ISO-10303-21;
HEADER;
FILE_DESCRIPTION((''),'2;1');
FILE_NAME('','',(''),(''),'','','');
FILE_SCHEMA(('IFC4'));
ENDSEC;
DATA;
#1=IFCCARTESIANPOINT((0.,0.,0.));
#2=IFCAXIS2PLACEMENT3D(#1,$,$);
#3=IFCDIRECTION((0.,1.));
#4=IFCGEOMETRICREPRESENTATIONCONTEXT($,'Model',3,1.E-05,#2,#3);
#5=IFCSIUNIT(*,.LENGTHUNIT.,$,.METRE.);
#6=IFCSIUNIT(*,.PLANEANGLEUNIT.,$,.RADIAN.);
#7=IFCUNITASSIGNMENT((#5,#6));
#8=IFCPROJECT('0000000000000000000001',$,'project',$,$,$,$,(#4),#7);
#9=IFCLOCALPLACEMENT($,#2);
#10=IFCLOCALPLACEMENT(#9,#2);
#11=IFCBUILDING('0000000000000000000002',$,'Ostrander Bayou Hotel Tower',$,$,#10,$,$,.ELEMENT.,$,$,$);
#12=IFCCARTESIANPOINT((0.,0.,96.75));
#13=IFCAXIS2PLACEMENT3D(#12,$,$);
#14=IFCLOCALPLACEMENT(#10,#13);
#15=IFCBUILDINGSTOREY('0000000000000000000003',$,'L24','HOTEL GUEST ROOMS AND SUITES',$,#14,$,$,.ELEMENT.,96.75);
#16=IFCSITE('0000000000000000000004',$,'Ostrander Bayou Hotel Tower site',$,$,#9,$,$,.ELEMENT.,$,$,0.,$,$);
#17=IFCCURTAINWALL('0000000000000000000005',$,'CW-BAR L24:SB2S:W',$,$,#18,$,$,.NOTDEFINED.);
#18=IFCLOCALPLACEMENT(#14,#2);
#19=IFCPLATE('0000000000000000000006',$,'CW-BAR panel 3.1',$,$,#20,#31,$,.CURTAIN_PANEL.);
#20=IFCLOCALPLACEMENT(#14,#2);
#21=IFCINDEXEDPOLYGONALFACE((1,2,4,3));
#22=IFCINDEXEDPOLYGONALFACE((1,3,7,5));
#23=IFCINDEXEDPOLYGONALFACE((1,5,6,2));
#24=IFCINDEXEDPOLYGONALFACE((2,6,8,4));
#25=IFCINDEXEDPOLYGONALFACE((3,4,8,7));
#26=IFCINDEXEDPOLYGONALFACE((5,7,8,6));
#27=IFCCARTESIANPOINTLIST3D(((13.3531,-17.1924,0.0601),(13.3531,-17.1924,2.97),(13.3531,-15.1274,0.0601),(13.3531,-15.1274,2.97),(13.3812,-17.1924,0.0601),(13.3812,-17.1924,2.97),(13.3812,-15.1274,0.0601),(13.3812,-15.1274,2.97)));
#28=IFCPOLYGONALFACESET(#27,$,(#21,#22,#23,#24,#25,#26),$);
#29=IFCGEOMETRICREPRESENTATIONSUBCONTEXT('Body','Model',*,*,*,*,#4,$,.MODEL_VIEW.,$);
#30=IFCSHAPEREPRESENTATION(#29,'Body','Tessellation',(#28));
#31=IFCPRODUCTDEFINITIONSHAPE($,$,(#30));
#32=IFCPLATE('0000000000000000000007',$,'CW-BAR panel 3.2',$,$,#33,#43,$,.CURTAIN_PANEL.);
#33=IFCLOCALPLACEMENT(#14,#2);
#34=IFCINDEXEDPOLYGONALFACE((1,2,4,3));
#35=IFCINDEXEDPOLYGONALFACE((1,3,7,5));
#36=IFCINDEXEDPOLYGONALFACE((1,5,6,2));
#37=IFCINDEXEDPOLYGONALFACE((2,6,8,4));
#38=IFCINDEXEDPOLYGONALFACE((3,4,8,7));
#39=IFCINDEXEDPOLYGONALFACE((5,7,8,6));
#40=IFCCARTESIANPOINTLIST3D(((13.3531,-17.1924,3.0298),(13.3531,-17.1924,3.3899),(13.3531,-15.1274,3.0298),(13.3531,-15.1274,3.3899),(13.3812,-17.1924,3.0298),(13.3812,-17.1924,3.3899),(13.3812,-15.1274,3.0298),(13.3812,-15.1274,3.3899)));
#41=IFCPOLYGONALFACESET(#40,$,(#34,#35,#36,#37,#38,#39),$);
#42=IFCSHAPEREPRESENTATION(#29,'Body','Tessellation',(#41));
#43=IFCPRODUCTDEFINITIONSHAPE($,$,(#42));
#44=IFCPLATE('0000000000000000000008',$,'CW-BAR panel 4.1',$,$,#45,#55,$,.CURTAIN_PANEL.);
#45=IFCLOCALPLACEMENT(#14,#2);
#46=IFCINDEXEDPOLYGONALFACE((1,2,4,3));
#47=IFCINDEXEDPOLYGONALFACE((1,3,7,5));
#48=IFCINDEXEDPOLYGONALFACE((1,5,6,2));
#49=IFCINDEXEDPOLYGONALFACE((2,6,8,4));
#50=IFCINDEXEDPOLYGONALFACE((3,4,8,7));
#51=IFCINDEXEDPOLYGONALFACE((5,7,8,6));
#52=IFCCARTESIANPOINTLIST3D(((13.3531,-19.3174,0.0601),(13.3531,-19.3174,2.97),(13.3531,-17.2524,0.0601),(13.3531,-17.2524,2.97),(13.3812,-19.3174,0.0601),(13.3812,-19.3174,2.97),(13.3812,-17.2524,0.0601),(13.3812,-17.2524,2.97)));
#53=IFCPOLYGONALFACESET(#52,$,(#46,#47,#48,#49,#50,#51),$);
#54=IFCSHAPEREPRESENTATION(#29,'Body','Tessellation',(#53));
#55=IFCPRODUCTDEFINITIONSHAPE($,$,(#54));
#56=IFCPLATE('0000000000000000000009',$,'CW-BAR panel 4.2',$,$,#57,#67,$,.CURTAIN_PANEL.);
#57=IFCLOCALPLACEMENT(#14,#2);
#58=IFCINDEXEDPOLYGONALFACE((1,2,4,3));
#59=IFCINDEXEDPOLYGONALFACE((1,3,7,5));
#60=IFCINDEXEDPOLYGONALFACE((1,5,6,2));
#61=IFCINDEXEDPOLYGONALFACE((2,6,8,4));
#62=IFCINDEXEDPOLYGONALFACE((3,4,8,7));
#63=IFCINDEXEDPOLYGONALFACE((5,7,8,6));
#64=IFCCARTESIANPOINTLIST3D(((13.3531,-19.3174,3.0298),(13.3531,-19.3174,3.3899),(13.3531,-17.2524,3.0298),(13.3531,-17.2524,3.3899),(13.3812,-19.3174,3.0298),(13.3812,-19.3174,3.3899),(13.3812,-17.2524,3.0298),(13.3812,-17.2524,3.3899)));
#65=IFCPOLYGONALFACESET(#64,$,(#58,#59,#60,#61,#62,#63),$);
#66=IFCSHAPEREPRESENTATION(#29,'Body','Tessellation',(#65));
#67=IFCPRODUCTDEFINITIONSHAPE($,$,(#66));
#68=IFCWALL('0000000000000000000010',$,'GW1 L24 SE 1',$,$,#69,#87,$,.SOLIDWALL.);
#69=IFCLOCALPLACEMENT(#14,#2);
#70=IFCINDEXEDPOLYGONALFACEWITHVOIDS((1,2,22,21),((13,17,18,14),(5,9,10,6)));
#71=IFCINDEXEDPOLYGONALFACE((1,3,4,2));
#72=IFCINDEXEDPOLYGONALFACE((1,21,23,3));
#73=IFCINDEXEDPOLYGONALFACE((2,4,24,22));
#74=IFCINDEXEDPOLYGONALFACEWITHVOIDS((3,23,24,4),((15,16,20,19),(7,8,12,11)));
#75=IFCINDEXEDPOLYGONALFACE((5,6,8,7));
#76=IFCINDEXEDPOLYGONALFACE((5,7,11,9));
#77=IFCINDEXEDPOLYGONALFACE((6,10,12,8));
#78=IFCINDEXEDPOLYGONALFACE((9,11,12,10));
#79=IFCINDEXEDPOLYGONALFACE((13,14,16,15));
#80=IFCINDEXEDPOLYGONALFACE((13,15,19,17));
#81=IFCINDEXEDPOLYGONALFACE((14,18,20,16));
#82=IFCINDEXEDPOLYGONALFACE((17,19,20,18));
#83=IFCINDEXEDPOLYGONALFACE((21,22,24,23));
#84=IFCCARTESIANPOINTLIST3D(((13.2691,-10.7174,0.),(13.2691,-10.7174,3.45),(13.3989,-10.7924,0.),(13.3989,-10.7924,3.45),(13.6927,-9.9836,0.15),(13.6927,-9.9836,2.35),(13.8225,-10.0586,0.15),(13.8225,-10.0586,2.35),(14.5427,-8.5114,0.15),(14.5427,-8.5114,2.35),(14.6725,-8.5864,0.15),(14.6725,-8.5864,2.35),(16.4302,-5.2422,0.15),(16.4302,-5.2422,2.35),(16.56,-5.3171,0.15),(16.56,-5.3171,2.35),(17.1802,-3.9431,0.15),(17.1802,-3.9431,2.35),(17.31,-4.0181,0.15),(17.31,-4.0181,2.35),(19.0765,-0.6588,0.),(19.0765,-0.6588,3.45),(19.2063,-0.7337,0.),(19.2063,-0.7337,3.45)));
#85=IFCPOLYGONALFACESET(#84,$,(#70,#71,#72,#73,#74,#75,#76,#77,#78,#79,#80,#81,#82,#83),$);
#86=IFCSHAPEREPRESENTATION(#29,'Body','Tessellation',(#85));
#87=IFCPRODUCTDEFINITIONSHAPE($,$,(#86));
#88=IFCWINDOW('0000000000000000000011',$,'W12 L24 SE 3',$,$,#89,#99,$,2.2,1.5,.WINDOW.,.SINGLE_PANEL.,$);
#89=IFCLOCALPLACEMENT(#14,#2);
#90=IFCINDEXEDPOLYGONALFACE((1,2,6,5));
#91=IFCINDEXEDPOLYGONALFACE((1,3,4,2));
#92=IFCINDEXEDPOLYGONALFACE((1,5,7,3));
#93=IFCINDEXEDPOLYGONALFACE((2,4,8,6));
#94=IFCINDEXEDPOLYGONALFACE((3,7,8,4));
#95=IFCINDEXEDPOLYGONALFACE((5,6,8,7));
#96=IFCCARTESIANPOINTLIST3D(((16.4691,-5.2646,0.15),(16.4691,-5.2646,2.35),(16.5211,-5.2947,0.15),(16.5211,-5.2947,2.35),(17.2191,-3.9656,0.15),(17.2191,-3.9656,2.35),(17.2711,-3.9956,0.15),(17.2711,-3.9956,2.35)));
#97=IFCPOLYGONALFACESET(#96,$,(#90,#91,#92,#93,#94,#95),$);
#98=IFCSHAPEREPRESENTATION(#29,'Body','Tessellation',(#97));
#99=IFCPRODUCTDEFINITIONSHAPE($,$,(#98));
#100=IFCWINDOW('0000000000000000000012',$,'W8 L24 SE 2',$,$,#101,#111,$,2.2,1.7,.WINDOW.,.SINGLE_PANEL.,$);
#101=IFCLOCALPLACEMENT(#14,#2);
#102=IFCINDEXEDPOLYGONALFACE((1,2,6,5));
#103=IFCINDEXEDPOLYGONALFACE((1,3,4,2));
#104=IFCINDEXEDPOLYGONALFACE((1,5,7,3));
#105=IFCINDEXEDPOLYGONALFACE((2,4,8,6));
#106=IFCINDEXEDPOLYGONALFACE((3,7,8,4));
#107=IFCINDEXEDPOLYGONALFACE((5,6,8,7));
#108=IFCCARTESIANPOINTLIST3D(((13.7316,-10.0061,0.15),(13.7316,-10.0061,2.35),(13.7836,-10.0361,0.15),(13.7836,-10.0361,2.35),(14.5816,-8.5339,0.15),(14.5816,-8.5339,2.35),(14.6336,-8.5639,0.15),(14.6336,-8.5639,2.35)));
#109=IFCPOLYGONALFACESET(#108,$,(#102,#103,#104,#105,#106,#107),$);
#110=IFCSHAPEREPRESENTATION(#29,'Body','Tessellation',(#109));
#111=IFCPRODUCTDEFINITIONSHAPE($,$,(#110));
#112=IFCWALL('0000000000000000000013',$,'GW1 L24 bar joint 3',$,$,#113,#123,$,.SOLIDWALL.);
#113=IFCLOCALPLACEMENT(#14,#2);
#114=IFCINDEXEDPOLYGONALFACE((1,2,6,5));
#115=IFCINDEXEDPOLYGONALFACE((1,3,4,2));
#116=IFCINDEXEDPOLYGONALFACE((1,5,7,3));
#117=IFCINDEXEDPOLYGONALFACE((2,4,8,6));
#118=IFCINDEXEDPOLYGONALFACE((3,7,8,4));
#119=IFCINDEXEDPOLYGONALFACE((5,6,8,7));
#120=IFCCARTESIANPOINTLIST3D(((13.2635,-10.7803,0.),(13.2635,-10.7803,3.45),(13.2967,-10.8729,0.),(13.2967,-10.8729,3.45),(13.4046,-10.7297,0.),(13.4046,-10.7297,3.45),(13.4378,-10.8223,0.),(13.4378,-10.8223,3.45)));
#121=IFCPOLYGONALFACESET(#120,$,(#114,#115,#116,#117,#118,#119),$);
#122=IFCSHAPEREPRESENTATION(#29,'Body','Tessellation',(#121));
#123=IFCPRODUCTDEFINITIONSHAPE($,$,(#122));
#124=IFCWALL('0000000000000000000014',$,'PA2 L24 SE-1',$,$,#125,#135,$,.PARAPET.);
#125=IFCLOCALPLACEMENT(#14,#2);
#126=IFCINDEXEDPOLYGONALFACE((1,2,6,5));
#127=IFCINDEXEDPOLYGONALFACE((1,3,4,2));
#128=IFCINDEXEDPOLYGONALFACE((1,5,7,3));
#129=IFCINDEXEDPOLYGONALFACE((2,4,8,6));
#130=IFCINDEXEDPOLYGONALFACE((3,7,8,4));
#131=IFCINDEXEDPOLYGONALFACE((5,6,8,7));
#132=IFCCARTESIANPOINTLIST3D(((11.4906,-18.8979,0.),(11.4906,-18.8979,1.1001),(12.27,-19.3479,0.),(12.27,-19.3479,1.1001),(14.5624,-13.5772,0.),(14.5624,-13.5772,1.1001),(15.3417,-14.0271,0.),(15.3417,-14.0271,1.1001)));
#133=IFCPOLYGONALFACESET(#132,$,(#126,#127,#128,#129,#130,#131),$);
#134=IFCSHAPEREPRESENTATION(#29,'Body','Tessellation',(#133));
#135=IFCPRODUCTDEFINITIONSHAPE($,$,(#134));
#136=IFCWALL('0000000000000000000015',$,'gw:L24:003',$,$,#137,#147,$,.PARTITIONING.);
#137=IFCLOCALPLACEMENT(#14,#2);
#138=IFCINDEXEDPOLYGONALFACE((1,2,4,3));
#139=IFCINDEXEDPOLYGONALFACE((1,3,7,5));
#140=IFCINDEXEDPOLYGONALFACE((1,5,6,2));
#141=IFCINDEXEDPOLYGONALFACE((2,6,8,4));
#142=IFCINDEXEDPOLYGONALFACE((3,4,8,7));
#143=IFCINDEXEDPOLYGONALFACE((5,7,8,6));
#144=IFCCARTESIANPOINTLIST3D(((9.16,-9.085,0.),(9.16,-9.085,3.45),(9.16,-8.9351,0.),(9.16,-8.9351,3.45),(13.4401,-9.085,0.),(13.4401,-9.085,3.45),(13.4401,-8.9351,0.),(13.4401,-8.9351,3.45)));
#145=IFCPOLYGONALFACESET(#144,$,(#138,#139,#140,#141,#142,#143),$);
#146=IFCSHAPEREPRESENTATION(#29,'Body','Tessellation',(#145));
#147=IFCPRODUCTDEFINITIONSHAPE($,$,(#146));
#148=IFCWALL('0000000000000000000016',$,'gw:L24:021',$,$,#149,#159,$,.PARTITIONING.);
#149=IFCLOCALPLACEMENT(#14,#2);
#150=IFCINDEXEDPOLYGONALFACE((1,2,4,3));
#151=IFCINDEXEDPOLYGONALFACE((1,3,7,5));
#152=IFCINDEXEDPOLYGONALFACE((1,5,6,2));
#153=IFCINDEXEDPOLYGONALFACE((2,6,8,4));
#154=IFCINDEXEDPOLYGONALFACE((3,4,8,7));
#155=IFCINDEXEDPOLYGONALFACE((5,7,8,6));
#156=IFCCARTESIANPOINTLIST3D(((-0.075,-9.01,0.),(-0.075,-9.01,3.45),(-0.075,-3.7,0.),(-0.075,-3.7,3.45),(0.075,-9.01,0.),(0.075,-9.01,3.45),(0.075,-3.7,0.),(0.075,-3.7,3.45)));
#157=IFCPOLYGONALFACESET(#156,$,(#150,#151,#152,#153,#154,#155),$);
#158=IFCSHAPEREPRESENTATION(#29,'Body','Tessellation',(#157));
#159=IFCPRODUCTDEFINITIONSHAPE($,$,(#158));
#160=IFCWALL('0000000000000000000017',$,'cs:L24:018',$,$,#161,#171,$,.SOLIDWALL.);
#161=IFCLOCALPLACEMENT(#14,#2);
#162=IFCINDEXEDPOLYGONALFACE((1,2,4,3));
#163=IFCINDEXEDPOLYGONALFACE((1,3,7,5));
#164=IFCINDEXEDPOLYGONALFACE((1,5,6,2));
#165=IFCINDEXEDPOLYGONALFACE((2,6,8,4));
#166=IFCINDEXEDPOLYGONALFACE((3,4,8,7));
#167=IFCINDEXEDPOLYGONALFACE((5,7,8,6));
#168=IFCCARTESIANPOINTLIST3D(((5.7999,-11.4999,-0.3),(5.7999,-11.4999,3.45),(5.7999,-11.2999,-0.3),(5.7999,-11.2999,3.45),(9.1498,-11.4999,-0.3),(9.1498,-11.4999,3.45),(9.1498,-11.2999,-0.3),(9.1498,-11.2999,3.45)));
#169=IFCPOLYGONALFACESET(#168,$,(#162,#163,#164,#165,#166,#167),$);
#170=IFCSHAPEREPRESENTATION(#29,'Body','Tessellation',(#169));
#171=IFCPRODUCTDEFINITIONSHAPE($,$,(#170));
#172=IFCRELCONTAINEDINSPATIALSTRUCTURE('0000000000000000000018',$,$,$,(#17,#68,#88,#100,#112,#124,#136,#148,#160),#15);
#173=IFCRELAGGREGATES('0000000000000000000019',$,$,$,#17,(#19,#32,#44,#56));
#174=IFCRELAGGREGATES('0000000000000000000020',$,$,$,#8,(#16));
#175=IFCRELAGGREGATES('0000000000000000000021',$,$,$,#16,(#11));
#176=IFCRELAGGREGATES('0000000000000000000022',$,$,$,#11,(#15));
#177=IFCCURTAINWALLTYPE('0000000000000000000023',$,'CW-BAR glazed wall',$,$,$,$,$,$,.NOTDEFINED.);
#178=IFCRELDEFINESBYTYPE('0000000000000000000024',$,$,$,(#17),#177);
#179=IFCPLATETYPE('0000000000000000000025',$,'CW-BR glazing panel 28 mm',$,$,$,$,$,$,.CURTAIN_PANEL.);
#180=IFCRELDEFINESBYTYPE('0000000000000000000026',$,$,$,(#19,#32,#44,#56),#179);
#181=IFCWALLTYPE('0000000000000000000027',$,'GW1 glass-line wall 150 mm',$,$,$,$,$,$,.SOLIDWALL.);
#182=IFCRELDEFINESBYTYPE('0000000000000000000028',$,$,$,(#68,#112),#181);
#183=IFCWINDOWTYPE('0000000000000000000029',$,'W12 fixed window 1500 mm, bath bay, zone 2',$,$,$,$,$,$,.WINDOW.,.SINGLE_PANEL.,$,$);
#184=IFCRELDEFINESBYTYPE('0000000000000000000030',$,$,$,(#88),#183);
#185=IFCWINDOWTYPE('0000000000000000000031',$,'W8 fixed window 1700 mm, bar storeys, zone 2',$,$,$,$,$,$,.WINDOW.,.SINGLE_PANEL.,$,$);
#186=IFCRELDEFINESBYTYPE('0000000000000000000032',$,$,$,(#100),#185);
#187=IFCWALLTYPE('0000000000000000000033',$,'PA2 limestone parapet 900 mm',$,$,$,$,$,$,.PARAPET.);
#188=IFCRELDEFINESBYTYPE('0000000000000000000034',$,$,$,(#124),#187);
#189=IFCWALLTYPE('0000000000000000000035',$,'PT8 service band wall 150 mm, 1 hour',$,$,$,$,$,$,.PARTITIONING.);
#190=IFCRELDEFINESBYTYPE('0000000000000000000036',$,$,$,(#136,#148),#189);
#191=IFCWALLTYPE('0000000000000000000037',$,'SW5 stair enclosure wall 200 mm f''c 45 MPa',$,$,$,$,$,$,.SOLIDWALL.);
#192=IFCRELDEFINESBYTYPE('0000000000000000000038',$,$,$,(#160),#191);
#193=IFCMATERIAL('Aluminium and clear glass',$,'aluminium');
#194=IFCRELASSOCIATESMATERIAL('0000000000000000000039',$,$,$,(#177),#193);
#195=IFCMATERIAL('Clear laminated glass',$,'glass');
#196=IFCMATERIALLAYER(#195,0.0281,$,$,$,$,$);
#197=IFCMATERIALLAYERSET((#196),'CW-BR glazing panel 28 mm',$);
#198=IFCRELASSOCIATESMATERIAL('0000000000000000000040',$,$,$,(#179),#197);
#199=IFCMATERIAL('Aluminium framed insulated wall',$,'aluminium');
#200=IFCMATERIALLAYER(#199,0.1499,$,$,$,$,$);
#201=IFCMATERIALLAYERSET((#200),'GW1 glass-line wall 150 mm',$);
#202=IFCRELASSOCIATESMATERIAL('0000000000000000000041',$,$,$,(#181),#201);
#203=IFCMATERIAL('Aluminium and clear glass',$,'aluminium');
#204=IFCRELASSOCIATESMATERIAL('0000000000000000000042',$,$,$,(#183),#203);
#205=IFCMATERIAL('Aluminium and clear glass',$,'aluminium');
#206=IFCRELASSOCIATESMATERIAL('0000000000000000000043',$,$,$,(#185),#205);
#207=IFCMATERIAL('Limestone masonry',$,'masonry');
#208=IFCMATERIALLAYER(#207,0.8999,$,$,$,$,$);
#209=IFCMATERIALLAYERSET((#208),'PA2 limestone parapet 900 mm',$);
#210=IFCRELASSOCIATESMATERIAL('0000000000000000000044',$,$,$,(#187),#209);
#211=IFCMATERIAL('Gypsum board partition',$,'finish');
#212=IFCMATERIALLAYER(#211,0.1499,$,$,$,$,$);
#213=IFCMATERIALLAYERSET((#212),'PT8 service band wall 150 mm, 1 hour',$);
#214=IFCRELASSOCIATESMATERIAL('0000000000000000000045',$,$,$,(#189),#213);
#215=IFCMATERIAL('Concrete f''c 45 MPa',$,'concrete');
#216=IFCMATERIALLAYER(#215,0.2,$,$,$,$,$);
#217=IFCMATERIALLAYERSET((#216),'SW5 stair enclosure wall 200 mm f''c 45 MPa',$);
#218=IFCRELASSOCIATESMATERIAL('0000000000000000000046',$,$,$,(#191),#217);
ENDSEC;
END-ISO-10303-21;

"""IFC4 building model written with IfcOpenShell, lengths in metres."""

from ifc_helpers import new_model, si_unit, direction, frame, frame_2d, origin, origin_2d, place, context, subcontext, project, spatial, rectangle, extrude, material, layer, layer_set, type_object, element, fill, aggregate, save


model = new_model("IFC4")

# Units and contexts
model_context = context("Model", 3, precision=1e-05, world=origin(), true_north=direction((0.0, 1.0)))
body_context = subcontext(model_context, "Body", "Model", "MODEL_VIEW")
ifc_project = project(units=[si_unit("LENGTHUNIT", "METRE"), si_unit("PLANEANGLEUNIT", "RADIAN")], contexts=[model_context])

# Site, building, storey
site_placement = place(None, origin())
site = spatial("IfcSite", under=ifc_project, at=site_placement, Name="Ostrander Bayou Hotel Tower site", CompositionType="ELEMENT", RefElevation=0.0)
building_placement = place(site_placement, origin())
building = spatial("IfcBuilding", under=site, at=building_placement, Name="Ostrander Bayou Hotel Tower", CompositionType="ELEMENT")
storey_placement = place(building_placement, frame((0.0, 0.0, 96.75)))
storey = spatial("IfcBuildingStorey", under=building, at=storey_placement, Name="L24", Description="HOTEL GUEST ROOMS AND SUITES", CompositionType="ELEMENT", Elevation=96.75)

# Curtain wall
ifc_material_1 = material(Name="Aluminium and clear glass", Category="aluminium")
curtain_wall_type = type_object("IfcCurtainWallType", Name="CW-BAR glazed wall", PredefinedType="NOTDEFINED", material=ifc_material_1)
curtain_wall_placement = place(storey_placement, origin())
curtain_wall = element("IfcCurtainWall", 1, at=curtain_wall_placement, inside=storey, type_object=curtain_wall_type, Name="CW-BAR L24:SB2S:W", PredefinedType="NOTDEFINED")

# Plates
ifc_material_2 = material(Name="Clear laminated glass", Category="glass")
ifc_layer_1 = layer(ifc_material_2, 0.0281)
ifc_layer_set_1 = layer_set([ifc_layer_1], Name="CW-BR glazing panel 28 mm")
plate_type = type_object("IfcPlateType", Name="CW-BR glazing panel 28 mm", PredefinedType="CURTAIN_PANEL", material=ifc_layer_set_1)
plate_1_placement = place(storey_placement, frame((13.3672, -16.1599, 0.0601), z_axis=(0.0, 0.0, 1.0), x_axis=(0.0, -1.0, 0.0)))
plate_1 = element("IfcPlate", 2, at=plate_1_placement, type_object=plate_type, Name="CW-BAR panel 3.1", PredefinedType="CURTAIN_PANEL", context=body_context, shape_type="SweptSolid", body=[
    extrude(rectangle(XDim=2.0649, YDim=0.0281, at=origin_2d()), origin(), (0.0, 0.0, 1.0), 2.9099),
])
plate_2_placement = place(storey_placement, frame((13.3672, -16.1599, 3.0298), z_axis=(0.0, 0.0, 1.0), x_axis=(0.0, -1.0, 0.0)))
plate_2 = element("IfcPlate", 3, at=plate_2_placement, type_object=plate_type, Name="CW-BAR panel 3.2", PredefinedType="CURTAIN_PANEL", context=body_context, shape_type="SweptSolid", body=[
    extrude(rectangle(XDim=2.0649, YDim=0.0281, at=origin_2d()), origin(), (0.0, 0.0, 1.0), 0.3601),
])
plate_3_placement = place(storey_placement, frame((13.3672, -18.2849, 0.0601), z_axis=(0.0, 0.0, 1.0), x_axis=(0.0, -1.0, 0.0)))
plate_3 = element("IfcPlate", 4, at=plate_3_placement, type_object=plate_type, Name="CW-BAR panel 4.1", PredefinedType="CURTAIN_PANEL", context=body_context, shape_type="SweptSolid", body=[
    extrude(rectangle(XDim=2.0649, YDim=0.0281, at=origin_2d()), origin(), (0.0, 0.0, 1.0), 2.9099),
])
plate_4_placement = place(storey_placement, frame((13.3672, -18.2849, 3.0298), z_axis=(0.0, 0.0, 1.0), x_axis=(0.0, -1.0, 0.0)))
plate_4 = element("IfcPlate", 5, at=plate_4_placement, type_object=plate_type, Name="CW-BAR panel 4.2", PredefinedType="CURTAIN_PANEL", context=body_context, shape_type="SweptSolid", body=[
    extrude(rectangle(XDim=2.0649, YDim=0.0281, at=origin_2d()), origin(), (0.0, 0.0, 1.0), 0.3601),
])
aggregate(curtain_wall, [plate_1, plate_2, plate_3, plate_4])

# Wall, openings, windows
ifc_material_3 = material(Name="Aluminium framed insulated wall", Category="aluminium")
ifc_layer_2 = layer(ifc_material_3, 0.1499)
ifc_layer_set_2 = layer_set([ifc_layer_2], Name="GW1 glass-line wall 150 mm")
wall_type_1 = type_object("IfcWallType", Name="GW1 glass-line wall 150 mm", PredefinedType="SOLIDWALL", material=ifc_layer_set_2)
wall_1_placement = place(storey_placement, frame((13.334, -10.7549, 0.0), z_axis=(0.0, 0.0, 1.0), x_axis=(0.500003, 0.866024, 0.0)))
wall_1 = element("IfcWall", 6, at=wall_1_placement, inside=storey, type_object=wall_type_1, Name="GW1 L24 SE 1", PredefinedType="SOLIDWALL", context=body_context, shape_type="SweptSolid", body=[
    extrude(rectangle(XDim=11.6147, YDim=0.1499, at=frame_2d((5.8074, 0.0))), origin(), (0.0, 0.0, 1.0), 3.45),
])
opening_1_placement = place(wall_1_placement, frame((0.8472, 0.0, 0.1499)))
opening_1 = element("IfcOpeningElement", 7, at=opening_1_placement, cuts=wall_1, PredefinedType="OPENING", context=body_context, shape_type="SweptSolid", body=[
    extrude(rectangle(XDim=1.7, YDim=2.2, at=frame_2d((0.8501, 1.1001))), frame((0.0, 0.075, 0.0), z_axis=(0.0, -1.0, 0.0), x_axis=(1.0, 0.0, 0.0)), (0.0, 0.0, 1.0), 0.1499),
])
opening_2_placement = place(wall_1_placement, frame((6.3223, 0.0, 0.1499)))
opening_2 = element("IfcOpeningElement", 8, at=opening_2_placement, cuts=wall_1, PredefinedType="OPENING", context=body_context, shape_type="SweptSolid", body=[
    extrude(rectangle(XDim=1.5, YDim=2.2, at=frame_2d((0.75, 1.1001))), frame((0.0, 0.075, 0.0), z_axis=(0.0, -1.0, 0.0), x_axis=(1.0, 0.0, 0.0)), (0.0, 0.0, 1.0), 0.1499),
])
ifc_material_4 = material(Name="Aluminium and clear glass", Category="aluminium")
window_type_1 = type_object("IfcWindowType", Name="W12 fixed window 1500 mm, bath bay, zone 2", PartitioningType="SINGLE_PANEL", PredefinedType="WINDOW", material=ifc_material_4)
window_1_placement = place(opening_2_placement, origin())
window_1 = element("IfcWindow", 9, at=window_1_placement, inside=storey, type_object=window_type_1, Name="W12 L24 SE 3", OverallHeight=2.2, OverallWidth=1.5, PartitioningType="SINGLE_PANEL", PredefinedType="WINDOW", context=body_context, shape_type="SweptSolid", body=[
    extrude(rectangle(XDim=1.5, YDim=2.2, at=frame_2d((0.75, 1.1001))), frame((0.0, 0.03, 0.0), z_axis=(0.0, -1.0, 0.0), x_axis=(1.0, 0.0, 0.0)), (0.0, 0.0, 1.0), 0.0601),
])
fill(opening_2, window_1)
ifc_material_5 = material(Name="Aluminium and clear glass", Category="aluminium")
window_type_2 = type_object("IfcWindowType", Name="W8 fixed window 1700 mm, bar storeys, zone 2", PartitioningType="SINGLE_PANEL", PredefinedType="WINDOW", material=ifc_material_5)
window_2_placement = place(opening_1_placement, origin())
window_2 = element("IfcWindow", 10, at=window_2_placement, inside=storey, type_object=window_type_2, Name="W8 L24 SE 2", OverallHeight=2.2, OverallWidth=1.7, PartitioningType="SINGLE_PANEL", PredefinedType="WINDOW", context=body_context, shape_type="SweptSolid", body=[
    extrude(rectangle(XDim=1.7, YDim=2.2, at=frame_2d((0.8501, 1.1001))), frame((0.0, 0.03, 0.0), z_axis=(0.0, -1.0, 0.0), x_axis=(1.0, 0.0, 0.0)), (0.0, 0.0, 1.0), 0.0601),
])
fill(opening_1, window_2)

# Walls
wall_2_placement = place(storey_placement, frame((13.334, -10.7549, 0.0), z_axis=(0.0, 0.0, 1.0), x_axis=(0.337752, -0.941235, 0.0)))
element("IfcWall", 11, at=wall_2_placement, inside=storey, type_object=wall_type_1, Name="GW1 L24 bar joint 3", PredefinedType="SOLIDWALL", context=body_context, shape_type="SweptSolid", body=[
    extrude(rectangle(XDim=0.0984, YDim=0.1499, at=frame_2d((0.0493, 0.0))), origin(), (0.0, 0.0, 1.0), 3.45),
])
ifc_material_6 = material(Name="Limestone masonry", Category="masonry")
ifc_layer_3 = layer(ifc_material_6, 0.8999)
ifc_layer_set_3 = layer_set([ifc_layer_3], Name="PA2 limestone parapet 900 mm")
wall_type_2 = type_object("IfcWallType", Name="PA2 limestone parapet 900 mm", PredefinedType="PARAPET", material=ifc_layer_set_3)
wall_3_placement = place(storey_placement, frame((11.8804, -19.1228, 0.0), z_axis=(0.0, 0.0, 1.0), x_axis=(0.499977, 0.866039, 0.0)))
element("IfcWall", 12, at=wall_3_placement, inside=storey, type_object=wall_type_2, Name="PA2 L24 SE-1", PredefinedType="PARAPET", context=body_context, shape_type="SweptSolid", body=[
    extrude(rectangle(XDim=6.1438, YDim=0.8999, at=frame_2d((3.0718, 0.0))), origin(), (0.0, 0.0, 1.0), 1.1001),
])
ifc_material_7 = material(Name="Gypsum board partition", Category="finish")
ifc_layer_4 = layer(ifc_material_7, 0.1499)
ifc_layer_set_4 = layer_set([ifc_layer_4], Name="PT8 service band wall 150 mm, 1 hour")
wall_type_3 = type_object("IfcWallType", Name="PT8 service band wall 150 mm, 1 hour", PredefinedType="PARTITIONING", material=ifc_layer_set_4)
wall_4_placement = place(storey_placement, frame((9.1599, -9.01, 0.0), z_axis=(0.0, 0.0, 1.0), x_axis=(1.0, 0.0, 0.0)))
element("IfcWall", 13, at=wall_4_placement, inside=storey, type_object=wall_type_3, Name="gw:L24:003", PredefinedType="PARTITIONING", context=body_context, shape_type="SweptSolid", body=[
    extrude(rectangle(XDim=4.28, YDim=0.1499, at=frame_2d((2.1401, 0.0))), origin(), (0.0, 0.0, 1.0), 3.45),
])
wall_5_placement = place(storey_placement, frame((0.0, -9.01, 0.0), z_axis=(0.0, 0.0, 1.0), x_axis=(0.0, 1.0, 0.0)))
element("IfcWall", 14, at=wall_5_placement, inside=storey, type_object=wall_type_3, Name="gw:L24:021", PredefinedType="PARTITIONING", context=body_context, shape_type="SweptSolid", body=[
    extrude(rectangle(XDim=5.3101, YDim=0.1499, at=frame_2d((2.655, 0.0))), origin(), (0.0, 0.0, 1.0), 3.45),
])
ifc_material_8 = material(Name="Concrete f'c 45 MPa", Category="concrete")
ifc_layer_5 = layer(ifc_material_8, 0.2)
ifc_layer_set_5 = layer_set([ifc_layer_5], Name="SW5 stair enclosure wall 200 mm f'c 45 MPa")
wall_type_4 = type_object("IfcWallType", Name="SW5 stair enclosure wall 200 mm f'c 45 MPa", PredefinedType="SOLIDWALL", material=ifc_layer_set_5)
wall_6_placement = place(storey_placement, frame((5.8, -11.3999, -0.3), z_axis=(0.0, 0.0, 1.0), x_axis=(1.0, 0.0, 0.0)))
element("IfcWall", 15, at=wall_6_placement, inside=storey, type_object=wall_type_4, Name="cs:L24:018", PredefinedType="SOLIDWALL", context=body_context, shape_type="SweptSolid", body=[
    extrude(rectangle(XDim=3.3499, YDim=0.2, at=frame_2d((1.6748, 0.0))), origin(), (0.0, 0.0, 1.0), 3.75),
])

save(model, "model.ifc")
